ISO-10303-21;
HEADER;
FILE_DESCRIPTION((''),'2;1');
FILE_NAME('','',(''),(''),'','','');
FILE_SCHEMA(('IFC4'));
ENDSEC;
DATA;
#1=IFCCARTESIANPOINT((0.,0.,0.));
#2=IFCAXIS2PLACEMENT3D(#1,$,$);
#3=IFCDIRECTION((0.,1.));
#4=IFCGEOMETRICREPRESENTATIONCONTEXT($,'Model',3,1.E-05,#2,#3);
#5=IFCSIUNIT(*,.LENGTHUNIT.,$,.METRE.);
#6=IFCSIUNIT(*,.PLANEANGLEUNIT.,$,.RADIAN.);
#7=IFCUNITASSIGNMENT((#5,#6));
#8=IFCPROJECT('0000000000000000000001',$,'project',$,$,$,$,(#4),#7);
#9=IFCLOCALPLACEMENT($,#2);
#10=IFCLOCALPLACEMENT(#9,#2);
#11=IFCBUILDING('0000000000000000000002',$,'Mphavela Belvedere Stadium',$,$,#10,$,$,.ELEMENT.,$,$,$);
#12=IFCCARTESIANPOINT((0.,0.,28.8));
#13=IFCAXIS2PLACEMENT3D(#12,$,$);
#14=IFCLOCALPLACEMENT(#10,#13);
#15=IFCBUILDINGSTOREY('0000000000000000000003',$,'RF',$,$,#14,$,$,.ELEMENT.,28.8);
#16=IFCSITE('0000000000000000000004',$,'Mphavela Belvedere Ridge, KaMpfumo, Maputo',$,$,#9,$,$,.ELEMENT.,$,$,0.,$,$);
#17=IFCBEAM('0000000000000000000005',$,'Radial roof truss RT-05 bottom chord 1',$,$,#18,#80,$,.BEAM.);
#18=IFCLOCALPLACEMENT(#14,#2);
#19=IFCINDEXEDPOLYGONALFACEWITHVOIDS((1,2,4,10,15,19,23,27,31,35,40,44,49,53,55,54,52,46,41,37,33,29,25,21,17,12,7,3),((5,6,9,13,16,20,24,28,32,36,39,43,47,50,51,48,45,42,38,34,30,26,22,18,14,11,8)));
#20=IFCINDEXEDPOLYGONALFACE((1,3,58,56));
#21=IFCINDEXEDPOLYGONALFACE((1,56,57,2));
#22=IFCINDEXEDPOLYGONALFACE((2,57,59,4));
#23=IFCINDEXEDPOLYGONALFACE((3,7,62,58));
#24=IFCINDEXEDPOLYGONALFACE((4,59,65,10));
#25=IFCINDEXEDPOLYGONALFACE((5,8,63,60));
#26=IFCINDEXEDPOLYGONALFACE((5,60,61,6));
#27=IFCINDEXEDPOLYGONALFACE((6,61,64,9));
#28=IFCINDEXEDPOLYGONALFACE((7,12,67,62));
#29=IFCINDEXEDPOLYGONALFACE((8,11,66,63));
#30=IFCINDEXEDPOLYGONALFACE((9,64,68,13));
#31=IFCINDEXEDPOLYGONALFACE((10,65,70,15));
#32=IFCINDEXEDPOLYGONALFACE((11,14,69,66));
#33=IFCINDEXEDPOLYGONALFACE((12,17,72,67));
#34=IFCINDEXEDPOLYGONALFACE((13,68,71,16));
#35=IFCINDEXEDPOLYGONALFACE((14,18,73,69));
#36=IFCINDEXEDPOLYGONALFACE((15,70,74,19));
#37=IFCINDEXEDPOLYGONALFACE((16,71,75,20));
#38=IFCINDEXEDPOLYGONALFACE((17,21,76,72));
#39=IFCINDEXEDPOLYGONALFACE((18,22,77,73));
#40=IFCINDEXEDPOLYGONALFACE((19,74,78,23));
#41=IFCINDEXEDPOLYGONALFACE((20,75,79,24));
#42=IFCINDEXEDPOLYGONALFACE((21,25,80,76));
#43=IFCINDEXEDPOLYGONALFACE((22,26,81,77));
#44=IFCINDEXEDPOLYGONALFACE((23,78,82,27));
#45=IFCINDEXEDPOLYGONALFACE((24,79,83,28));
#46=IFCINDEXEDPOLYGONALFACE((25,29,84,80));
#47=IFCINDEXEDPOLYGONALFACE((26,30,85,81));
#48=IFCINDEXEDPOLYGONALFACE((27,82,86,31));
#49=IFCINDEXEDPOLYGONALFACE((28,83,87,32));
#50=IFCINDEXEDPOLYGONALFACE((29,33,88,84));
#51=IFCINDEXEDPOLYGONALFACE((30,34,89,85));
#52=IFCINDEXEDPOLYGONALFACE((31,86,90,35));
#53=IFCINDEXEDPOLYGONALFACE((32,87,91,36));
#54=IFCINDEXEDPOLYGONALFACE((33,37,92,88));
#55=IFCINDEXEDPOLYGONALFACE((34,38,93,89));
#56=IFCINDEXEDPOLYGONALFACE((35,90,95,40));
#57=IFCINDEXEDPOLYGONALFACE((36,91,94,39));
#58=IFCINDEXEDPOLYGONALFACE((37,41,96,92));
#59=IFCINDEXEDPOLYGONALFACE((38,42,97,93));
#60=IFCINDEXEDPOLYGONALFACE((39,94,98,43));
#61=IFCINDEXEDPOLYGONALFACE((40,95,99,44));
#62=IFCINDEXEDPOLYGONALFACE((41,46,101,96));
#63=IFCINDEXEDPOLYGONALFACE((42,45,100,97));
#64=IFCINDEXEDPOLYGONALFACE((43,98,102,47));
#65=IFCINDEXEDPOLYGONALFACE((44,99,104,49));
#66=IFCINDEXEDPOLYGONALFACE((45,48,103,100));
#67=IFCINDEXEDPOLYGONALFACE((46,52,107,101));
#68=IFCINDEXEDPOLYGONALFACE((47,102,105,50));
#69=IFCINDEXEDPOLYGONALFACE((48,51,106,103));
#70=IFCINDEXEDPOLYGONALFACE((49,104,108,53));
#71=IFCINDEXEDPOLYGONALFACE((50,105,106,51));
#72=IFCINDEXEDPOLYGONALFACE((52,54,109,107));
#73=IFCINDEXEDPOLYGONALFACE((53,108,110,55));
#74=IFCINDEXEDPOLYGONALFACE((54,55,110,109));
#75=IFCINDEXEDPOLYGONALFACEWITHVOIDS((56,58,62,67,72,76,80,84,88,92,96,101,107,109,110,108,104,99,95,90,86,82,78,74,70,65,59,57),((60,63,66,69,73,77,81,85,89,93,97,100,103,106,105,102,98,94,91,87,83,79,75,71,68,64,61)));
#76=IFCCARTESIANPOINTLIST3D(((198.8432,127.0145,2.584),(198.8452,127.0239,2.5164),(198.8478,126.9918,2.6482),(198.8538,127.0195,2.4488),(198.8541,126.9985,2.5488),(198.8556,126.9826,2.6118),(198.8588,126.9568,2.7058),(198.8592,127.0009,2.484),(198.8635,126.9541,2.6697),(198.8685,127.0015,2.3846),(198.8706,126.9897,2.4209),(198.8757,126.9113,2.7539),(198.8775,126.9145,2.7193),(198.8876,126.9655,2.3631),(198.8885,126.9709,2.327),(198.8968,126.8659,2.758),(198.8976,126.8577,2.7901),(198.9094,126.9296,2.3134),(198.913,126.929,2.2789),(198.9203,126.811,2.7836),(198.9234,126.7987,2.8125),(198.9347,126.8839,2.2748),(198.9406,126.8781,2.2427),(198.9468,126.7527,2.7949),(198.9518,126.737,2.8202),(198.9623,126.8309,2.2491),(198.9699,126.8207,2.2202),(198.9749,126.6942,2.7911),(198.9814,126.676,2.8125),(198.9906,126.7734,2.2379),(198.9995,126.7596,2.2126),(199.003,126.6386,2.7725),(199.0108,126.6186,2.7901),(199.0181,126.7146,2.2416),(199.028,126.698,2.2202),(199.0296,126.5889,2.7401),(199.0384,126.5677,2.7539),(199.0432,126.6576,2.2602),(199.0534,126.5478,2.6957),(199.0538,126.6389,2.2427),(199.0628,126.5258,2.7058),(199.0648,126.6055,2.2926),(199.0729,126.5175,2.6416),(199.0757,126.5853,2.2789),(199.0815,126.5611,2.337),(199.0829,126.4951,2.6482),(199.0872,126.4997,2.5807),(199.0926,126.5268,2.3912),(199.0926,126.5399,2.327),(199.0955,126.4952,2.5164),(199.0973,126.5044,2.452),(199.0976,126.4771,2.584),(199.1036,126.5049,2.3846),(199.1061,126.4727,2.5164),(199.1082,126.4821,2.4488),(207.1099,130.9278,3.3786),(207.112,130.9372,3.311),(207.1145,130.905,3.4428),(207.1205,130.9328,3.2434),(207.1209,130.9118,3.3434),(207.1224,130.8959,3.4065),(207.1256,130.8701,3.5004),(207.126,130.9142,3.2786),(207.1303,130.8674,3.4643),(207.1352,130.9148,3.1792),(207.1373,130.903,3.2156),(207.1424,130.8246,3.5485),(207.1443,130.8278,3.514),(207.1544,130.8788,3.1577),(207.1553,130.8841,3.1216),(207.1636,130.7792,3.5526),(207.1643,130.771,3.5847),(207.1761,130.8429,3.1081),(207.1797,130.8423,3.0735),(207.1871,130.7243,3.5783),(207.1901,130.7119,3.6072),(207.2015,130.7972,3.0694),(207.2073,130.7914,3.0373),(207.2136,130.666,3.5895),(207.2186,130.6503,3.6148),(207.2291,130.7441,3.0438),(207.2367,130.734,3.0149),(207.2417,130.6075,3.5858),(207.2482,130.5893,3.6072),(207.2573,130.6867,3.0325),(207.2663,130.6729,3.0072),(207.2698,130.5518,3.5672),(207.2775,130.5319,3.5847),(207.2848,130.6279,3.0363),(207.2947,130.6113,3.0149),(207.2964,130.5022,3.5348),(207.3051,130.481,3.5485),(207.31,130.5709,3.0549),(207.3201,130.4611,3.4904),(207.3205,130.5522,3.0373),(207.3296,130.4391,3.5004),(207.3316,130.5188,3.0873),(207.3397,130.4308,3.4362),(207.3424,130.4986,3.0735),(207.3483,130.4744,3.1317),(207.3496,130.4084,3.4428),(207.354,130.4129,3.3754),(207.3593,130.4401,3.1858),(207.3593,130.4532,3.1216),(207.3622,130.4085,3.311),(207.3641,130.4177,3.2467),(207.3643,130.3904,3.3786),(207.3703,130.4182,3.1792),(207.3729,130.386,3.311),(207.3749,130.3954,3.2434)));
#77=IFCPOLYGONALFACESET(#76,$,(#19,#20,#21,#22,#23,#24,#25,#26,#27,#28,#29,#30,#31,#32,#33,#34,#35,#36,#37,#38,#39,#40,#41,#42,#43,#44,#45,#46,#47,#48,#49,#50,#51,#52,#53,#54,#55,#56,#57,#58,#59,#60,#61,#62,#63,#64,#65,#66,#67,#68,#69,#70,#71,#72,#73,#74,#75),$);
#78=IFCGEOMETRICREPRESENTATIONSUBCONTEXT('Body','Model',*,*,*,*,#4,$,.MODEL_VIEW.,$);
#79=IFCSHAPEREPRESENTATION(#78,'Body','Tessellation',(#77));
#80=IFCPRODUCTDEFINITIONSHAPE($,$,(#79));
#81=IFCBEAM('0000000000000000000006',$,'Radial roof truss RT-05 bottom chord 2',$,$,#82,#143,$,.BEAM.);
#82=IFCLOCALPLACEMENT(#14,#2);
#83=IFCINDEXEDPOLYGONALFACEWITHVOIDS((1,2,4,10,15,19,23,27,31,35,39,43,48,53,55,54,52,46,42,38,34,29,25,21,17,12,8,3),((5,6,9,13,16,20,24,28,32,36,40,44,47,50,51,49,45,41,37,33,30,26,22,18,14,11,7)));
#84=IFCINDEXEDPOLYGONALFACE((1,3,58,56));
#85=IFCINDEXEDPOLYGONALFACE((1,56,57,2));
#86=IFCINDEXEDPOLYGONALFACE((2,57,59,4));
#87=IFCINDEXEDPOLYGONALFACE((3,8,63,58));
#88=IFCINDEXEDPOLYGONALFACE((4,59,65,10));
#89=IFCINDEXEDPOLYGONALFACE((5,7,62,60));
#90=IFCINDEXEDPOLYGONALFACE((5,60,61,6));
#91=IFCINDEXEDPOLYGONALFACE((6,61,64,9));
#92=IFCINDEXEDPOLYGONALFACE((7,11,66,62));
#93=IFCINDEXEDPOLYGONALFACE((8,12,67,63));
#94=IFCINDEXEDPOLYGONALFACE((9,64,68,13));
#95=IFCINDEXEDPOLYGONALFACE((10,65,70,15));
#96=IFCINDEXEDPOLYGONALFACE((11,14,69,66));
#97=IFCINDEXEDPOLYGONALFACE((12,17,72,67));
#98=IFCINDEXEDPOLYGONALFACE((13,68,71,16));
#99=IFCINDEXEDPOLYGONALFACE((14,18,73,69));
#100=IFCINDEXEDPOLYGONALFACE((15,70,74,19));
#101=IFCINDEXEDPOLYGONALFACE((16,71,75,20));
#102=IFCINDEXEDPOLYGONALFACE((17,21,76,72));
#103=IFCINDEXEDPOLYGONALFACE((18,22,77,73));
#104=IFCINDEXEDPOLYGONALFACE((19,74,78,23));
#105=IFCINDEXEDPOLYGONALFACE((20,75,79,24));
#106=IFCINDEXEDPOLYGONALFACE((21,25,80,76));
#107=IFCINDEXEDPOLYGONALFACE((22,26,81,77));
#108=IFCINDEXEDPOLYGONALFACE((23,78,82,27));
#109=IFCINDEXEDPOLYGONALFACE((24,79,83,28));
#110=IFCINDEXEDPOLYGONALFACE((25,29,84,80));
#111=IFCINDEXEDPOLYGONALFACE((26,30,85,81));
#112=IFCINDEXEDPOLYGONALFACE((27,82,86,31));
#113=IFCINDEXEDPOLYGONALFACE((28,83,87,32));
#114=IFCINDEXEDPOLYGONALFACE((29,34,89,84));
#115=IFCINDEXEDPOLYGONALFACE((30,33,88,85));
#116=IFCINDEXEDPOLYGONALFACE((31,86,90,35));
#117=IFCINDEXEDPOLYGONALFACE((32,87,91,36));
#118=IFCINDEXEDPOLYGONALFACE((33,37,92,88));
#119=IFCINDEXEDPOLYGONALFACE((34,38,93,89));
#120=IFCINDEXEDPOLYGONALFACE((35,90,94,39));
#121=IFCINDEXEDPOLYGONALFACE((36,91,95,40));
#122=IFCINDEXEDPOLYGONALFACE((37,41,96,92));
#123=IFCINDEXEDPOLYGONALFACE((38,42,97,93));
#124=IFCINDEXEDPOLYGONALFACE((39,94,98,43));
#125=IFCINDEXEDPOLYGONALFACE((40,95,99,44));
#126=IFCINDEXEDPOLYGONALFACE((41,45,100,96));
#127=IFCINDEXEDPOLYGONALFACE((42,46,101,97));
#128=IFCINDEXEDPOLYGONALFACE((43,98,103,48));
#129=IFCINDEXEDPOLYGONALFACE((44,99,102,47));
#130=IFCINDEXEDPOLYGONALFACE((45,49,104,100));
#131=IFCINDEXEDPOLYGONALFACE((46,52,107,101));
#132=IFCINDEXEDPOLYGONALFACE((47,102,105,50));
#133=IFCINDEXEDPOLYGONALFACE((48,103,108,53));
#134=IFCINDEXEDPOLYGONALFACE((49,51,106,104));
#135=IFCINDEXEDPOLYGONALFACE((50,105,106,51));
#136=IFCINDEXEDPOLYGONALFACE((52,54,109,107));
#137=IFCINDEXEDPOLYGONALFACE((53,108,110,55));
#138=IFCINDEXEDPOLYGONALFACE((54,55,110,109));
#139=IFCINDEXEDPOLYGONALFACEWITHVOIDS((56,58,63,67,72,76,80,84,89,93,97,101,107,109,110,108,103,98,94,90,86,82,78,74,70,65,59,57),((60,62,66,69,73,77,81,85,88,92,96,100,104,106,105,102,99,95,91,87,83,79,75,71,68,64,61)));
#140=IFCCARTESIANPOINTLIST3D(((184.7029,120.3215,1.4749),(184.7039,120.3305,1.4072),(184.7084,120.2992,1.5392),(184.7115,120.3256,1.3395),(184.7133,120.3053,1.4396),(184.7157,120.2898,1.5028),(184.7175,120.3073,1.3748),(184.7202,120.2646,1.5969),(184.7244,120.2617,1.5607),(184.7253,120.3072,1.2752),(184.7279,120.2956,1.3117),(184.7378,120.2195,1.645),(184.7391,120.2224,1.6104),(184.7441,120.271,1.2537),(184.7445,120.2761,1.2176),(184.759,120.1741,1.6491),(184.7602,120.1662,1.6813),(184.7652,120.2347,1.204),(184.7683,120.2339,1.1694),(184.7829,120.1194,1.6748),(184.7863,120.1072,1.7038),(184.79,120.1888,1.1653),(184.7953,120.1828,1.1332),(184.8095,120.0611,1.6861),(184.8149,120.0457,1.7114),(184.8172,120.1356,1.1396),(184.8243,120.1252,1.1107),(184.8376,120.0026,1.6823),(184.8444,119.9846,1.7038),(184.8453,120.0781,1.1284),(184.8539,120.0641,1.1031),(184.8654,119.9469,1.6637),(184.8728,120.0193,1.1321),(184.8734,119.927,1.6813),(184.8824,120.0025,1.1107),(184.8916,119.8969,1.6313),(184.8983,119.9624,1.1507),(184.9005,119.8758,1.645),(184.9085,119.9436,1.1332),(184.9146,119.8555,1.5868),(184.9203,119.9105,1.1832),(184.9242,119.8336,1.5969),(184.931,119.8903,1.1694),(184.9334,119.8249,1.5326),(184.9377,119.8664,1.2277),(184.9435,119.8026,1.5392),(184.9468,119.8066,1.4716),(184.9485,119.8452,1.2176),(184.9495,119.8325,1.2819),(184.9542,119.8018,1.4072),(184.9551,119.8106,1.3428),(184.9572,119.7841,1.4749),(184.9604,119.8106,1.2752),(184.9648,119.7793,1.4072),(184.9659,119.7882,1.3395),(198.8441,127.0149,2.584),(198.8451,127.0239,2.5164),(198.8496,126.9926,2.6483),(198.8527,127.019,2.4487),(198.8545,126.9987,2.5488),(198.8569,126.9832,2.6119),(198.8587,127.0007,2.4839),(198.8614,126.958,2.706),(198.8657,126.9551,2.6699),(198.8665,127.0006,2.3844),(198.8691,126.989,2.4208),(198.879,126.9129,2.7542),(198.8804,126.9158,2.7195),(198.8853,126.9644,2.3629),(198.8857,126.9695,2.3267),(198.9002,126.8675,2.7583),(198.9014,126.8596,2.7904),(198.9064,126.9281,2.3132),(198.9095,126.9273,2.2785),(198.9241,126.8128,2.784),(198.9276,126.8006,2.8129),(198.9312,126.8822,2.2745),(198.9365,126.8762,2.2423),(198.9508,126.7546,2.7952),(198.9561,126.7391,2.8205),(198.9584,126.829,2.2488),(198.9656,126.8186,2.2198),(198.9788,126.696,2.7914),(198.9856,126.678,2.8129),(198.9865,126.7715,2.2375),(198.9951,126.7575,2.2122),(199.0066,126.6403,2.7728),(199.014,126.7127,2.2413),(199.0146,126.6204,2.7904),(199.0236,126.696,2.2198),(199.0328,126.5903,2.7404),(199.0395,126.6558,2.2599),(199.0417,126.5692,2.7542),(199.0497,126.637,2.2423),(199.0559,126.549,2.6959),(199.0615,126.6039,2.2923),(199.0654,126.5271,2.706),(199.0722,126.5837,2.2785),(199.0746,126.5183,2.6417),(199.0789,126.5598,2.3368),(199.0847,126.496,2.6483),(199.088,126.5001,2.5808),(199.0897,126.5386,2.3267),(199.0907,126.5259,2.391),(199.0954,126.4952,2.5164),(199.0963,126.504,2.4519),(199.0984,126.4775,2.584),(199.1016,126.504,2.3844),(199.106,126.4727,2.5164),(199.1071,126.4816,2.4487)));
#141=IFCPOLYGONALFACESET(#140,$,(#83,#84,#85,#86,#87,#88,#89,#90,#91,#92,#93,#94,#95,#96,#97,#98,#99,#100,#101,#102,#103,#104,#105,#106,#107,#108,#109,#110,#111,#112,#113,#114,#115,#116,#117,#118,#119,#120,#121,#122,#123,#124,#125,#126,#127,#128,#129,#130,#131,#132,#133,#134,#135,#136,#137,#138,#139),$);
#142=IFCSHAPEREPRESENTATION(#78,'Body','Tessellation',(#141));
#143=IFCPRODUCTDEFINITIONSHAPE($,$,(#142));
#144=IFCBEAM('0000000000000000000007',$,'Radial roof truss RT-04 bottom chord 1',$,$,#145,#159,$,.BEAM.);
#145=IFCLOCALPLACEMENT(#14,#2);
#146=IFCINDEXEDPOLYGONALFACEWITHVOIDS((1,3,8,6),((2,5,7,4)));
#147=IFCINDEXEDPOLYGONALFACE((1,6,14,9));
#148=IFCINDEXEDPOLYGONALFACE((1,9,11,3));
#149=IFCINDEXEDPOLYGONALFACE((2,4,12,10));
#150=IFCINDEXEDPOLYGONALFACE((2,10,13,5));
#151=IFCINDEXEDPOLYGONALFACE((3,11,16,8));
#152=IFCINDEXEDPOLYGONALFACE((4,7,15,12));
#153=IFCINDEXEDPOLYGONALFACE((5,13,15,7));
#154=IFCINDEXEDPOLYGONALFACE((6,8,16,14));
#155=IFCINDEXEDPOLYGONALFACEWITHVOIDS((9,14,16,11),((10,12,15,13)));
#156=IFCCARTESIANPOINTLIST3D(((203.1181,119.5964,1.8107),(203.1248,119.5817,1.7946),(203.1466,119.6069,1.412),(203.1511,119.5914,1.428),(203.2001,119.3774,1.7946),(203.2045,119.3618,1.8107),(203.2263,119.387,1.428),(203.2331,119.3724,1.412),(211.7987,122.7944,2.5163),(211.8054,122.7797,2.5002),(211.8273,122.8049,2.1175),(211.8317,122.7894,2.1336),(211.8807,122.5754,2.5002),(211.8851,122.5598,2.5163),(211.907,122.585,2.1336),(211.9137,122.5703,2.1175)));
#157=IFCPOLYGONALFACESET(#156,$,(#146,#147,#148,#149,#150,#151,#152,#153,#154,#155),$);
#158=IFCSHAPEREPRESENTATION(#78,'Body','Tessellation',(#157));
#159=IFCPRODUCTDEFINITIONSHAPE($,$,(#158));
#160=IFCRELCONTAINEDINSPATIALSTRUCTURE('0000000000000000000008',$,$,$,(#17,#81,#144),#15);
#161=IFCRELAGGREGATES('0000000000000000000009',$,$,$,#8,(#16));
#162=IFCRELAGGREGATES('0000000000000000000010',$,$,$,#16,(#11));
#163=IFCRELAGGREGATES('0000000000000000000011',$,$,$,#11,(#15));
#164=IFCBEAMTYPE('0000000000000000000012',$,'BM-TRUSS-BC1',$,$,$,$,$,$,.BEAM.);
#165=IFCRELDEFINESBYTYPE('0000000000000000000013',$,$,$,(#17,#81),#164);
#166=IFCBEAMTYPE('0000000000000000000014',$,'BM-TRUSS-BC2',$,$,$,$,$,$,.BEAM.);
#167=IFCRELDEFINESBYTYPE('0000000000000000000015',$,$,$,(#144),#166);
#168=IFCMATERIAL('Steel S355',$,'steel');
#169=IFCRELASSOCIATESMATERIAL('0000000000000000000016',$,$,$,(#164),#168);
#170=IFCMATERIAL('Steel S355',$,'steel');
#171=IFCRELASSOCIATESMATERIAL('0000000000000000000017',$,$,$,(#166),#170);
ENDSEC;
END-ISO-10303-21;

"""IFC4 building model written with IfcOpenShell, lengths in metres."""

from ifc_helpers import new_model, si_unit, direction, frame, origin, origin_2d, place, context, subcontext, project, spatial, hollow_rectangle, hollow_circle, extrude, material, material_profile, profile_set, type_object, element, save


model = new_model("IFC4")

# Units and contexts
model_context = context("Model", 3, precision=1e-05, world=origin(), true_north=direction((0.0, 1.0)))
body_context = subcontext(model_context, "Body", "Model", "MODEL_VIEW")
ifc_project = project(units=[si_unit("LENGTHUNIT", "METRE"), si_unit("PLANEANGLEUNIT", "RADIAN")], contexts=[model_context])

# Site, building, storey
site_placement = place(None, origin())
site = spatial("IfcSite", under=ifc_project, at=site_placement, Name="Mphavela Belvedere Ridge, KaMpfumo, Maputo", CompositionType="ELEMENT", RefElevation=0.0)
building_placement = place(site_placement, origin())
building = spatial("IfcBuilding", under=site, at=building_placement, Name="Mphavela Belvedere Stadium", CompositionType="ELEMENT")
storey_placement = place(building_placement, frame((0.0, 0.0, 28.8)))
storey = spatial("IfcBuildingStorey", under=building, at=storey_placement, Name="RF", CompositionType="ELEMENT", Elevation=28.8)

# Beams
ifc_material_1 = material(Name="Steel S355", Category="steel")
ifc_material_profile_1 = material_profile(ifc_material_1, hollow_circle(Radius=0.3049, WallThickness=0.0249, at=origin_2d()), Name="CHS 610x25")
ifc_profile_set_1 = profile_set([ifc_material_profile_1], Name="Steel S355")
beam_type_1 = type_object("IfcBeamType", Name="BM-TRUSS-BC1", PredefinedType="BEAM", material=ifc_profile_set_1)
beam_1_placement = place(storey_placement, frame((207.2424, 130.6616, 3.311), z_axis=(-0.900453, -0.426253, -0.086559), x_axis=(0.427859, -0.903845, 0.0)))
element("IfcBeam", 1, at=beam_1_placement, inside=storey, type_object=beam_type_1, Name="Radial roof truss RT-05 bottom chord 1", PredefinedType="BEAM", context=body_context, shape_type="SweptSolid", body=[
    extrude(hollow_circle(Radius=0.3049, WallThickness=0.0249, at=origin_2d()), origin(), (0.0, 0.0, 1.0), 9.1807),
])
beam_2_placement = place(storey_placement, frame((198.9756, 126.7483, 2.5164), z_axis=(-0.9016, -0.426751, -0.070715), x_axis=(0.427822, -0.903863, 0.0)))
element("IfcBeam", 2, at=beam_2_placement, inside=storey, type_object=beam_type_1, Name="Radial roof truss RT-05 bottom chord 2", PredefinedType="BEAM", context=body_context, shape_type="SweptSolid", body=[
    extrude(hollow_circle(Radius=0.3049, WallThickness=0.0249, at=origin_2d()), origin(), (0.0, 0.0, 1.0), 15.6846),
])
ifc_material_2 = material(Name="Steel S355", Category="steel")
ifc_material_profile_2 = material_profile(ifc_material_2, hollow_rectangle(XDim=0.25, YDim=0.3999, WallThickness=0.0161, at=origin_2d()), Name="RHS 400x250x16")
ifc_profile_set_2 = profile_set([ifc_material_profile_2], Name="Steel S355")
beam_type_2 = type_object("IfcBeamType", Name="BM-TRUSS-BC2", PredefinedType="BEAM", material=ifc_profile_set_2)
beam_3_placement = place(storey_placement, frame((211.8562, 122.6824, 2.3169), z_axis=(-0.935631, -0.344691, -0.076048), x_axis=(0.345692, -0.938348, 0.0)))
element("IfcBeam", 3, at=beam_3_placement, inside=storey, type_object=beam_type_2, Name="Radial roof truss RT-04 bottom chord 1", PredefinedType="BEAM", context=body_context, shape_type="SweptSolid", body=[
    extrude(hollow_rectangle(XDim=0.25, YDim=0.3999, WallThickness=0.0161, at=origin_2d()), origin(), (0.0, 0.0, 1.0), 9.2778),
])

save(model, "model.ifc")
